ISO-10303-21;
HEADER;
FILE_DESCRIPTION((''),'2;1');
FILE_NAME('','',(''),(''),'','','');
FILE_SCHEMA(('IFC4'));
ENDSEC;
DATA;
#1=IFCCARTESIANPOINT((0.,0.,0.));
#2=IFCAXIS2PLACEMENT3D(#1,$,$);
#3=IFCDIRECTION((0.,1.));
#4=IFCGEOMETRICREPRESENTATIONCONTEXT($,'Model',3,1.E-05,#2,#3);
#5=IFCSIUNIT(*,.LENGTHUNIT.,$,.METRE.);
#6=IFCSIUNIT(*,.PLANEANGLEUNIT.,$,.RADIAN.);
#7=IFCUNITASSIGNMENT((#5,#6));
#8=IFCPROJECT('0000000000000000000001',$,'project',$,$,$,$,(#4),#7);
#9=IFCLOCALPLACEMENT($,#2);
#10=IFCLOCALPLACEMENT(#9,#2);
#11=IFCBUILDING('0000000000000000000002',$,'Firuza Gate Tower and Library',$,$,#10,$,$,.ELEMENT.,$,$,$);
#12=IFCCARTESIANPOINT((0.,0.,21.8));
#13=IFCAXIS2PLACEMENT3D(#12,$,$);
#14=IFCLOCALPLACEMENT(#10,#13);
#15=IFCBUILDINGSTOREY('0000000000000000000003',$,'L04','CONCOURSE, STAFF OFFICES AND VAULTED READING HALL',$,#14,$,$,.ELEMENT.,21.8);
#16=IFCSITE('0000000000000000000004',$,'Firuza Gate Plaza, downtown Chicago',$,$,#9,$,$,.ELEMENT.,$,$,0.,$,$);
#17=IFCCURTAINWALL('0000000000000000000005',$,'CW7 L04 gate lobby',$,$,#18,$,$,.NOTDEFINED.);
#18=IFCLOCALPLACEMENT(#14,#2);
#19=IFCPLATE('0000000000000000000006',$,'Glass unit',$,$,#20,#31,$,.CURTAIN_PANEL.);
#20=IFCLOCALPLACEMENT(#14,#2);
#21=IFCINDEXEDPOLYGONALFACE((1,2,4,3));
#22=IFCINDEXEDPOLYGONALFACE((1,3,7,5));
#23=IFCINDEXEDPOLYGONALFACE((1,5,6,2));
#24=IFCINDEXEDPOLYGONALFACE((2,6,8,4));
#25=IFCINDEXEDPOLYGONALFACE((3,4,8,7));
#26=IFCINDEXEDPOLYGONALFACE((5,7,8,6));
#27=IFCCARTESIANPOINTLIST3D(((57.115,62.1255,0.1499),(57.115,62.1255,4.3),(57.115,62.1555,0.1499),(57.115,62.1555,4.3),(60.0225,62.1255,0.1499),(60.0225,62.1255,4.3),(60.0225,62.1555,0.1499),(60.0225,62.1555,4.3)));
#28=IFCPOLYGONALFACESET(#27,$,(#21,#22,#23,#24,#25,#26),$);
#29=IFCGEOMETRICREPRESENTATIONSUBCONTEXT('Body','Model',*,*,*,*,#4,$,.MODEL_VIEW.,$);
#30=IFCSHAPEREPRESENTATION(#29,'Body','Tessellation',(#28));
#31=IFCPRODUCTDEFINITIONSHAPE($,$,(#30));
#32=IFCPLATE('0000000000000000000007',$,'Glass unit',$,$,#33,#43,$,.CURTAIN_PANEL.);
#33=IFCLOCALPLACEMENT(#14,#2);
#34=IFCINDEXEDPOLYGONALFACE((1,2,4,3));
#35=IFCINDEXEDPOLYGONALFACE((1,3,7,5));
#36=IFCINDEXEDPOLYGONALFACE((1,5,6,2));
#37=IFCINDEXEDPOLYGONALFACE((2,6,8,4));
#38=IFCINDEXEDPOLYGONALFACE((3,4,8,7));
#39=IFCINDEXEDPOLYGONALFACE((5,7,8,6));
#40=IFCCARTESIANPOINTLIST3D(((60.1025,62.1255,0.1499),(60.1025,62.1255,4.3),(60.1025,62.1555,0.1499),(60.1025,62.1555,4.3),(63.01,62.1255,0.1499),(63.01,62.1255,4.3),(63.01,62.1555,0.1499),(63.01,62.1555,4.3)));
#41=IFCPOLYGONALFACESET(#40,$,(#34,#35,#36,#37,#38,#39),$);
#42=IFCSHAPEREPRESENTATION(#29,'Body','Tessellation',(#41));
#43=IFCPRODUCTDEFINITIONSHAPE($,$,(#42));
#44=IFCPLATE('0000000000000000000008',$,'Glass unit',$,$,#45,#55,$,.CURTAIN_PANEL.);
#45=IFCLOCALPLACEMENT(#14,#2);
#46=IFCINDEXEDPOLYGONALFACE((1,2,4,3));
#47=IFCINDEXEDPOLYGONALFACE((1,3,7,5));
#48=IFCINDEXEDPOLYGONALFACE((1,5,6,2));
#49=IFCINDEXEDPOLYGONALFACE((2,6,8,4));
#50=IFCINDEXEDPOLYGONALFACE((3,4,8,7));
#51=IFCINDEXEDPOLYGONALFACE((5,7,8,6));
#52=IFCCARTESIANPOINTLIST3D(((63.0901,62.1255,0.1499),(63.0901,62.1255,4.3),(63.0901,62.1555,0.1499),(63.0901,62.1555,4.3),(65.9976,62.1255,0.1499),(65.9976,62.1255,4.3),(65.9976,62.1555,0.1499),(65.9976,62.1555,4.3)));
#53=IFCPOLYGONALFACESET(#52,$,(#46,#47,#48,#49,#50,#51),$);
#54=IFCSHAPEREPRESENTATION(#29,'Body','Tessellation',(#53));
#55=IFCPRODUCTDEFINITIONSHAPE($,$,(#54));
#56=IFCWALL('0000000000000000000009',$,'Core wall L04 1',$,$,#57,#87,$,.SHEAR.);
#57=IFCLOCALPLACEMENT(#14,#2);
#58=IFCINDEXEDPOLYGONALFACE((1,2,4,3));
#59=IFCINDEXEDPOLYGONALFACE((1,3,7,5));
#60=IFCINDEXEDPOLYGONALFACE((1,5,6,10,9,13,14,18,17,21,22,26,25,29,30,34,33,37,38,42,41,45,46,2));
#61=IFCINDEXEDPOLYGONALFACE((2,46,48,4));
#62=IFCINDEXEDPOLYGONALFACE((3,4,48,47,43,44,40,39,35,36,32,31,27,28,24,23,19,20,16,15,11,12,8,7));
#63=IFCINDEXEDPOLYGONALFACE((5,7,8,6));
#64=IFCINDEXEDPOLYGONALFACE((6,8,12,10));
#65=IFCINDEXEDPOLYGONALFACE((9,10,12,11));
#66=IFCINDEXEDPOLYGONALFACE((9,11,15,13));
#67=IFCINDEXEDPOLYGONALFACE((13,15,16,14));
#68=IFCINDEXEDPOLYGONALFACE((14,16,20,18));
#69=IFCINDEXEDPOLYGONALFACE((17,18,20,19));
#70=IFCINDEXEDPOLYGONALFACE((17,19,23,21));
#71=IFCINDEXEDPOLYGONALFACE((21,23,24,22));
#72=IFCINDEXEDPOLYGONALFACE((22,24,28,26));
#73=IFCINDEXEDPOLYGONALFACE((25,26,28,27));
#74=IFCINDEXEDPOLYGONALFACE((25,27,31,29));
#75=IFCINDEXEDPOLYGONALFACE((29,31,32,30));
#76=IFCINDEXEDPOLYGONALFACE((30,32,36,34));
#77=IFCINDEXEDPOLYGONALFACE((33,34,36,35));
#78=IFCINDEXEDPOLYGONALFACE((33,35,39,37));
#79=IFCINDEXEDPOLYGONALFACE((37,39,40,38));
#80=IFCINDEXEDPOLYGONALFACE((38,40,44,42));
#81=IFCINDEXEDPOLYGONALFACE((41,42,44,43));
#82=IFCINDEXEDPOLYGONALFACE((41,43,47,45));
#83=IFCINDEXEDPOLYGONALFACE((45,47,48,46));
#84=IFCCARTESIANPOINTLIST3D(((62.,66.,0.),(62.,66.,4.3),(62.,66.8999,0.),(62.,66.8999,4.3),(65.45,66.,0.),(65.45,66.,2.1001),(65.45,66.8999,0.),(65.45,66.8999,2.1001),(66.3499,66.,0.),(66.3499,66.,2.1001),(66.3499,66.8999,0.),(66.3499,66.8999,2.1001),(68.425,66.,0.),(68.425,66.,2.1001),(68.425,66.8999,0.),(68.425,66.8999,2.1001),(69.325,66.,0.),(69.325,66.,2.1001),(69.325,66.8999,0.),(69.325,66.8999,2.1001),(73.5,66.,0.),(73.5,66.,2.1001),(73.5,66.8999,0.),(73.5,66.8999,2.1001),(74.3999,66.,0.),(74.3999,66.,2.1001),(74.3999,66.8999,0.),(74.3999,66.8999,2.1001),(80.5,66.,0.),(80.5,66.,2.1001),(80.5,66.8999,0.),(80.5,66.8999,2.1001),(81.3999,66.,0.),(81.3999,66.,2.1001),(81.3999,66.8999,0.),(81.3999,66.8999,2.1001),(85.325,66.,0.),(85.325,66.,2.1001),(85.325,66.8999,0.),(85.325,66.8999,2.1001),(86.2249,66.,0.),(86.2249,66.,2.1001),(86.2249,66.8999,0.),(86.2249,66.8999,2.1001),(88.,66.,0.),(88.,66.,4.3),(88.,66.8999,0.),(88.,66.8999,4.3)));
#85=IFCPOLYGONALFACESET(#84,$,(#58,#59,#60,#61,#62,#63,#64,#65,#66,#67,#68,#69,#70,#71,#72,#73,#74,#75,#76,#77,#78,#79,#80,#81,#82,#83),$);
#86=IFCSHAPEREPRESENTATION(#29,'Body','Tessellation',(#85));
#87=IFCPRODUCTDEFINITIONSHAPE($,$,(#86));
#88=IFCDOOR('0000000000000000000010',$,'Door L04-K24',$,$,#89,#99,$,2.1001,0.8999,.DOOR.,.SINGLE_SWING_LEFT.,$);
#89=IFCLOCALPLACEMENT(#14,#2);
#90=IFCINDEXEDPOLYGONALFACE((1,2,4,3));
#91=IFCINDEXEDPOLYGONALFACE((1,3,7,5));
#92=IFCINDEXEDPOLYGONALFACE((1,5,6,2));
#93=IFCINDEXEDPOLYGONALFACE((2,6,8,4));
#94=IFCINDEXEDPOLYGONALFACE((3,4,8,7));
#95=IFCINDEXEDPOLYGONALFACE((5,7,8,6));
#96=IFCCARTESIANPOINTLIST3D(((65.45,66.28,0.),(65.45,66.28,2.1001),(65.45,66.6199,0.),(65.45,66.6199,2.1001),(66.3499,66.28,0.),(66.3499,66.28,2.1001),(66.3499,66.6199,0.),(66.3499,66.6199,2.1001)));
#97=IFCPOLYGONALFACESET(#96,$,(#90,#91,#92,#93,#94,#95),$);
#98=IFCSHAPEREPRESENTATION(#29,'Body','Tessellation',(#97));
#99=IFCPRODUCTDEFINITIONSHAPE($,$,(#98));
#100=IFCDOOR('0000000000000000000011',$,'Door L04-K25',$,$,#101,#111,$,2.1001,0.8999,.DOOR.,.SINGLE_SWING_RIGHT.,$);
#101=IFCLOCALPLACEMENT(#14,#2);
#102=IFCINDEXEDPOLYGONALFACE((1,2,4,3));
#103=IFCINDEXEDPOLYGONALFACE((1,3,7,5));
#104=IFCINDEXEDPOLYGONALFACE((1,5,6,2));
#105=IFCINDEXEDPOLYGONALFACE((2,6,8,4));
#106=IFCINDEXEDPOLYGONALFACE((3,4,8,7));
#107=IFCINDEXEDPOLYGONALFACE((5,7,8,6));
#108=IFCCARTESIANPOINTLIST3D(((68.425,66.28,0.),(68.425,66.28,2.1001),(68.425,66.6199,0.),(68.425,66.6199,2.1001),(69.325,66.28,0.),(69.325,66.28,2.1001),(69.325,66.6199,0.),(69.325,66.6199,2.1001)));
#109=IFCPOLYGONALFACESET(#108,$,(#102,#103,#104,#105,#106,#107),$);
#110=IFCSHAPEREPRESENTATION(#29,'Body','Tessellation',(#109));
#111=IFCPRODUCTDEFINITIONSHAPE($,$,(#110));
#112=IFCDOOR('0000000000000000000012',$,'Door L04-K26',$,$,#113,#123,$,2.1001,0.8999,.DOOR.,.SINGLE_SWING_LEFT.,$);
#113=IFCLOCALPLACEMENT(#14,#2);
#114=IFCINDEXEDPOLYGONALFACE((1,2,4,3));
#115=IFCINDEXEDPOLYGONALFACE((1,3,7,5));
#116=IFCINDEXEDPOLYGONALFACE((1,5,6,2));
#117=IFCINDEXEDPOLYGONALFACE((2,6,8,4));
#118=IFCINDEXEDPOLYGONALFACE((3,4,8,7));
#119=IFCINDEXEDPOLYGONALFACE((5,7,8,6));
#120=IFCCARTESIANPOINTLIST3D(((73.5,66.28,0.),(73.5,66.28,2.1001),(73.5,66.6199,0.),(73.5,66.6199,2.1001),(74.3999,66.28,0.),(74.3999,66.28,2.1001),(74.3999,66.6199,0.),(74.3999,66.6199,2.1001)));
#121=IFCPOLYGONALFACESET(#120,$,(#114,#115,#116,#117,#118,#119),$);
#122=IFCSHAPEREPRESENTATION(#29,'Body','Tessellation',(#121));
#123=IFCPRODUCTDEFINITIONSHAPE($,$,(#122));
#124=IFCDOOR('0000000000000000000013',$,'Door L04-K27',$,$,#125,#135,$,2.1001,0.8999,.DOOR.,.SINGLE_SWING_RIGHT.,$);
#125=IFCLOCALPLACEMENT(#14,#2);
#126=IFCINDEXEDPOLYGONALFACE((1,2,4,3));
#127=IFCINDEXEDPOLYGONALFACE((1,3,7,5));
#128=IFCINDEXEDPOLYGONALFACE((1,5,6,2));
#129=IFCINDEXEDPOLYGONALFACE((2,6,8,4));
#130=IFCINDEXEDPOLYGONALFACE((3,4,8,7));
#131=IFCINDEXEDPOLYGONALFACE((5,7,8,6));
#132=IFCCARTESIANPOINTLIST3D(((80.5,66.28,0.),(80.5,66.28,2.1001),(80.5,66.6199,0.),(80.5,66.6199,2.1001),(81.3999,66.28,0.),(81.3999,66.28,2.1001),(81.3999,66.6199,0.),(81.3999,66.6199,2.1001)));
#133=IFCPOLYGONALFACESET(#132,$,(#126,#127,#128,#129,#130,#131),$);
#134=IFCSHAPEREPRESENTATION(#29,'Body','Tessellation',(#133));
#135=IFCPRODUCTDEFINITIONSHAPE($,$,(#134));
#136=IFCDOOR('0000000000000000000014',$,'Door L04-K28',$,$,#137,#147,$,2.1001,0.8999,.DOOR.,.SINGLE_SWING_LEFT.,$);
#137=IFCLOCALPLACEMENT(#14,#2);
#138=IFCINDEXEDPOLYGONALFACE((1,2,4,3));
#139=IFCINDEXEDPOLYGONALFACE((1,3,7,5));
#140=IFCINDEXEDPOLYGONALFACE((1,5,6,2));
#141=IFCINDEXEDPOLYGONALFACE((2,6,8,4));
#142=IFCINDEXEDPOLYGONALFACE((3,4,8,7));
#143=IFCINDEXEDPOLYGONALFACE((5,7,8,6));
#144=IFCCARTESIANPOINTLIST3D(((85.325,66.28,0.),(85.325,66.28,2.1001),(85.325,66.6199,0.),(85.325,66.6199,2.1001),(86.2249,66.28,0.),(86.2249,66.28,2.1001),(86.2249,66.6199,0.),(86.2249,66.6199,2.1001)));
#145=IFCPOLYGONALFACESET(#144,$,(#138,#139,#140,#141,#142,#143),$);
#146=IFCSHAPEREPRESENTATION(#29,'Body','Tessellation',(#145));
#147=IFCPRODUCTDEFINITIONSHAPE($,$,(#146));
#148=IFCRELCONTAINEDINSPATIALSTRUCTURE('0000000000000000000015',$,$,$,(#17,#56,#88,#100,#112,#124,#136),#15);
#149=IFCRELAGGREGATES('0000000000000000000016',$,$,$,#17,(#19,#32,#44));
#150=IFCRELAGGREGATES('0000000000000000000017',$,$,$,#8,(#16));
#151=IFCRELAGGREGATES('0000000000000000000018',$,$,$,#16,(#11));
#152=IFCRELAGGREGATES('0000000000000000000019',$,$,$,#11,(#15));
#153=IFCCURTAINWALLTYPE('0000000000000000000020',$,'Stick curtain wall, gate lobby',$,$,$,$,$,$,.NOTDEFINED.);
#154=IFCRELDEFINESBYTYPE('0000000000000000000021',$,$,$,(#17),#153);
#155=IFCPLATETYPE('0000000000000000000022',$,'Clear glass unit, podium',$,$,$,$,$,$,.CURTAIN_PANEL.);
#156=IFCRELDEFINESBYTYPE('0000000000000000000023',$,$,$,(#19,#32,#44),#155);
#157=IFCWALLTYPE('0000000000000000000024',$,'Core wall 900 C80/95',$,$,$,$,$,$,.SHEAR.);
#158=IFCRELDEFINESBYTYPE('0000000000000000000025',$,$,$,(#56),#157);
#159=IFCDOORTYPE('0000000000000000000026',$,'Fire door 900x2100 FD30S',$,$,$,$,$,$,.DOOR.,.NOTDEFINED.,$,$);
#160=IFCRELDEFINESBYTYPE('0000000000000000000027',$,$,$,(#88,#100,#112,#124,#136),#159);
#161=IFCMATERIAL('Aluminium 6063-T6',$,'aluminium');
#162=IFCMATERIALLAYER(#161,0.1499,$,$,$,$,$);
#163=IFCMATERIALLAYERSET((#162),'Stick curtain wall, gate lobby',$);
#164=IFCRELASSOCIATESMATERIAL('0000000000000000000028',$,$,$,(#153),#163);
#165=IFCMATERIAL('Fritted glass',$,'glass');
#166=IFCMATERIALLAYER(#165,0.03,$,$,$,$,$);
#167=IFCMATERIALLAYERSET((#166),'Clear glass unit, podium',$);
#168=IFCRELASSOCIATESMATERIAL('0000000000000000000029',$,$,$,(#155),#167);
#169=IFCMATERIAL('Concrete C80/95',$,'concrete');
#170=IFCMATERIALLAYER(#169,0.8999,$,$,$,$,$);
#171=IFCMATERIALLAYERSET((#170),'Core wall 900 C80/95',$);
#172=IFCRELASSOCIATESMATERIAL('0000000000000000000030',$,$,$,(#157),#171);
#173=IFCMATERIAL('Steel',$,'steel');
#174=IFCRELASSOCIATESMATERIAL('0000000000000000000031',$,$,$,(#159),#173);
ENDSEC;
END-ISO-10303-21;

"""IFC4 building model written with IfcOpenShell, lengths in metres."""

from ifc_helpers import new_model, si_unit, direction, frame, frame_2d, origin, place, context, subcontext, project, spatial, polyline, rectangle, outline, extrude, material, layer, layer_set, type_object, element, fill, aggregate, save


model = new_model("IFC4")

# Units and contexts
model_context = context("Model", 3, precision=1e-05, world=origin(), true_north=direction((0.0, 1.0)))
body_context = subcontext(model_context, "Body", "Model", "MODEL_VIEW")
ifc_project = project(units=[si_unit("LENGTHUNIT", "METRE"), si_unit("PLANEANGLEUNIT", "RADIAN")], contexts=[model_context])

# Site, building, storey
site_placement = place(None, origin())
site = spatial("IfcSite", under=ifc_project, at=site_placement, Name="Firuza Gate Plaza, downtown Chicago", CompositionType="ELEMENT", RefElevation=0.0)
building_placement = place(site_placement, origin())
building = spatial("IfcBuilding", under=site, at=building_placement, Name="Firuza Gate Tower and Library", CompositionType="ELEMENT")
storey_placement = place(building_placement, frame((0.0, 0.0, 21.8)))
storey = spatial("IfcBuildingStorey", under=building, at=storey_placement, Name="L04", Description="CONCOURSE, STAFF OFFICES AND VAULTED READING HALL", CompositionType="ELEMENT", Elevation=21.8)

# Curtain wall
ifc_material_1 = material(Name="Aluminium 6063-T6", Category="aluminium")
ifc_layer_1 = layer(ifc_material_1, 0.1499)
ifc_layer_set_1 = layer_set([ifc_layer_1], Name="Stick curtain wall, gate lobby")
curtain_wall_type = type_object("IfcCurtainWallType", Name="Stick curtain wall, gate lobby", PredefinedType="NOTDEFINED", material=ifc_layer_set_1)
curtain_wall_placement = place(storey_placement, origin())
curtain_wall = element("IfcCurtainWall", 1, at=curtain_wall_placement, inside=storey, type_object=curtain_wall_type, Name="CW7 L04 gate lobby", PredefinedType="NOTDEFINED")

# Plates
ifc_material_2 = material(Name="Fritted glass", Category="glass")
ifc_layer_2 = layer(ifc_material_2, 0.03)
ifc_layer_set_2 = layer_set([ifc_layer_2], Name="Clear glass unit, podium")
plate_type = type_object("IfcPlateType", Name="Clear glass unit, podium", PredefinedType="CURTAIN_PANEL", material=ifc_layer_set_2)
plate_1_placement = place(storey_placement, frame((57.115, 62.1255, 0.1499), z_axis=(0.0, -1.0, 0.0), x_axis=(1.0, 0.0, 0.0)))
plate_1 = element("IfcPlate", 2, at=plate_1_placement, type_object=plate_type, Name="Glass unit", PredefinedType="CURTAIN_PANEL", context=body_context, shape_type="SweptSolid", body=[
    extrude(outline(polyline([(0.0, 0.0), (2.9075, 0.0), (2.9075, 4.1501), (0.0, 4.1501), (0.0, 0.0)])), origin(), (0.0, 0.0, -1.0), 0.03),
])
plate_2_placement = place(storey_placement, frame((60.1025, 62.1255, 0.1499), z_axis=(0.0, -1.0, 0.0), x_axis=(1.0, 0.0, 0.0)))
plate_2 = element("IfcPlate", 3, at=plate_2_placement, type_object=plate_type, Name="Glass unit", PredefinedType="CURTAIN_PANEL", context=body_context, shape_type="SweptSolid", body=[
    extrude(outline(polyline([(0.0, 0.0), (2.9075, 0.0), (2.9075, 4.1501), (0.0, 4.1501), (0.0, 0.0)])), origin(), (0.0, 0.0, -1.0), 0.03),
])
plate_3_placement = place(storey_placement, frame((63.0901, 62.1255, 0.1499), z_axis=(0.0, -1.0, 0.0), x_axis=(1.0, 0.0, 0.0)))
plate_3 = element("IfcPlate", 4, at=plate_3_placement, type_object=plate_type, Name="Glass unit", PredefinedType="CURTAIN_PANEL", context=body_context, shape_type="SweptSolid", body=[
    extrude(outline(polyline([(0.0, 0.0), (2.9075, 0.0), (2.9075, 4.1501), (0.0, 4.1501), (0.0, 0.0)])), origin(), (0.0, 0.0, -1.0), 0.03),
])
aggregate(curtain_wall, [plate_1, plate_2, plate_3])

# Wall, openings, doors
ifc_material_3 = material(Name="Concrete C80/95", Category="concrete")
ifc_layer_3 = layer(ifc_material_3, 0.8999)
ifc_layer_set_3 = layer_set([ifc_layer_3], Name="Core wall 900 C80/95")
wall_type_1 = type_object("IfcWallType", Name="Core wall 900 C80/95", PredefinedType="SHEAR", material=ifc_layer_set_3)
wall_1_placement = place(storey_placement, frame((62.0, 66.45, 0.0), z_axis=(0.0, 0.0, 1.0), x_axis=(1.0, 0.0, 0.0)))
wall_1 = element("IfcWall", 5, at=wall_1_placement, inside=storey, type_object=wall_type_1, Name="Core wall L04 1", PredefinedType="SHEAR", context=body_context, shape_type="SweptSolid", body=[
    extrude(rectangle(XDim=26.0, YDim=0.8999, at=frame_2d((13.0, 0.0))), origin(), (0.0, 0.0, 1.0), 4.3),
])
opening_1_placement = place(wall_1_placement, frame((3.45, 0.0, 0.0)))
opening_1 = element("IfcOpeningElement", 6, at=opening_1_placement, cuts=wall_1, PredefinedType="OPENING", context=body_context, shape_type="SweptSolid", body=[
    extrude(rectangle(XDim=0.8999, YDim=2.1001, at=frame_2d((0.45, 1.05))), frame((0.0, 0.46, 0.0), z_axis=(0.0, -1.0, 0.0), x_axis=(1.0, 0.0, 0.0)), (0.0, 0.0, 1.0), 0.9199),
])
opening_2_placement = place(wall_1_placement, frame((6.425, 0.0, 0.0)))
opening_2 = element("IfcOpeningElement", 7, at=opening_2_placement, cuts=wall_1, PredefinedType="OPENING", context=body_context, shape_type="SweptSolid", body=[
    extrude(rectangle(XDim=0.8999, YDim=2.1001, at=frame_2d((0.45, 1.05))), frame((0.0, 0.46, 0.0), z_axis=(0.0, -1.0, 0.0), x_axis=(1.0, 0.0, 0.0)), (0.0, 0.0, 1.0), 0.9199),
])
opening_3_placement = place(wall_1_placement, frame((11.5, 0.0, 0.0)))
opening_3 = element("IfcOpeningElement", 8, at=opening_3_placement, cuts=wall_1, PredefinedType="OPENING", context=body_context, shape_type="SweptSolid", body=[
    extrude(rectangle(XDim=0.8999, YDim=2.1001, at=frame_2d((0.45, 1.05))), frame((0.0, 0.46, 0.0), z_axis=(0.0, -1.0, 0.0), x_axis=(1.0, 0.0, 0.0)), (0.0, 0.0, 1.0), 0.9199),
])
opening_4_placement = place(wall_1_placement, frame((18.5, 0.0, 0.0)))
opening_4 = element("IfcOpeningElement", 9, at=opening_4_placement, cuts=wall_1, PredefinedType="OPENING", context=body_context, shape_type="SweptSolid", body=[
    extrude(rectangle(XDim=0.8999, YDim=2.1001, at=frame_2d((0.45, 1.05))), frame((0.0, 0.46, 0.0), z_axis=(0.0, -1.0, 0.0), x_axis=(1.0, 0.0, 0.0)), (0.0, 0.0, 1.0), 0.9199),
])
opening_5_placement = place(wall_1_placement, frame((23.325, 0.0, 0.0)))
opening_5 = element("IfcOpeningElement", 10, at=opening_5_placement, cuts=wall_1, PredefinedType="OPENING", context=body_context, shape_type="SweptSolid", body=[
    extrude(rectangle(XDim=0.8999, YDim=2.1001, at=frame_2d((0.45, 1.05))), frame((0.0, 0.46, 0.0), z_axis=(0.0, -1.0, 0.0), x_axis=(1.0, 0.0, 0.0)), (0.0, 0.0, 1.0), 0.9199),
])
ifc_material_4 = material(Name="Steel", Category="steel")
door_type_1 = type_object("IfcDoorType", Name="Fire door 900x2100 FD30S", OperationType="NOTDEFINED", PredefinedType="DOOR", material=ifc_material_4)
door_1_placement = place(opening_1_placement, origin())
door_1 = element("IfcDoor", 11, at=door_1_placement, inside=storey, type_object=door_type_1, Name="Door L04-K24", OperationType="SINGLE_SWING_LEFT", OverallHeight=2.1001, OverallWidth=0.8999, PredefinedType="DOOR", context=body_context, shape_type="SweptSolid", body=[
    extrude(rectangle(XDim=0.8999, YDim=2.1001, at=frame_2d((0.45, 1.05))), frame((0.0, 0.1699, 0.0), z_axis=(0.0, -1.0, 0.0), x_axis=(1.0, 0.0, 0.0)), (0.0, 0.0, 1.0), 0.3398),
])
fill(opening_1, door_1)
door_2_placement = place(opening_2_placement, origin())
door_2 = element("IfcDoor", 12, at=door_2_placement, inside=storey, type_object=door_type_1, Name="Door L04-K25", OperationType="SINGLE_SWING_RIGHT", OverallHeight=2.1001, OverallWidth=0.8999, PredefinedType="DOOR", context=body_context, shape_type="SweptSolid", body=[
    extrude(rectangle(XDim=0.8999, YDim=2.1001, at=frame_2d((0.45, 1.05))), frame((0.0, 0.1699, 0.0), z_axis=(0.0, -1.0, 0.0), x_axis=(1.0, 0.0, 0.0)), (0.0, 0.0, 1.0), 0.3398),
])
fill(opening_2, door_2)
door_3_placement = place(opening_3_placement, origin())
door_3 = element("IfcDoor", 13, at=door_3_placement, inside=storey, type_object=door_type_1, Name="Door L04-K26", OperationType="SINGLE_SWING_LEFT", OverallHeight=2.1001, OverallWidth=0.8999, PredefinedType="DOOR", context=body_context, shape_type="SweptSolid", body=[
    extrude(rectangle(XDim=0.8999, YDim=2.1001, at=frame_2d((0.45, 1.05))), frame((0.0, 0.1699, 0.0), z_axis=(0.0, -1.0, 0.0), x_axis=(1.0, 0.0, 0.0)), (0.0, 0.0, 1.0), 0.3398),
])
fill(opening_3, door_3)
door_4_placement = place(opening_4_placement, origin())
door_4 = element("IfcDoor", 14, at=door_4_placement, inside=storey, type_object=door_type_1, Name="Door L04-K27", OperationType="SINGLE_SWING_RIGHT", OverallHeight=2.1001, OverallWidth=0.8999, PredefinedType="DOOR", context=body_context, shape_type="SweptSolid", body=[
    extrude(rectangle(XDim=0.8999, YDim=2.1001, at=frame_2d((0.45, 1.05))), frame((0.0, 0.1699, 0.0), z_axis=(0.0, -1.0, 0.0), x_axis=(1.0, 0.0, 0.0)), (0.0, 0.0, 1.0), 0.3398),
])
fill(opening_4, door_4)
door_5_placement = place(opening_5_placement, origin())
door_5 = element("IfcDoor", 15, at=door_5_placement, inside=storey, type_object=door_type_1, Name="Door L04-K28", OperationType="SINGLE_SWING_LEFT", OverallHeight=2.1001, OverallWidth=0.8999, PredefinedType="DOOR", context=body_context, shape_type="SweptSolid", body=[
    extrude(rectangle(XDim=0.8999, YDim=2.1001, at=frame_2d((0.45, 1.05))), frame((0.0, 0.1699, 0.0), z_axis=(0.0, -1.0, 0.0), x_axis=(1.0, 0.0, 0.0)), (0.0, 0.0, 1.0), 0.3398),
])
fill(opening_5, door_5)

save(model, "model.ifc")
